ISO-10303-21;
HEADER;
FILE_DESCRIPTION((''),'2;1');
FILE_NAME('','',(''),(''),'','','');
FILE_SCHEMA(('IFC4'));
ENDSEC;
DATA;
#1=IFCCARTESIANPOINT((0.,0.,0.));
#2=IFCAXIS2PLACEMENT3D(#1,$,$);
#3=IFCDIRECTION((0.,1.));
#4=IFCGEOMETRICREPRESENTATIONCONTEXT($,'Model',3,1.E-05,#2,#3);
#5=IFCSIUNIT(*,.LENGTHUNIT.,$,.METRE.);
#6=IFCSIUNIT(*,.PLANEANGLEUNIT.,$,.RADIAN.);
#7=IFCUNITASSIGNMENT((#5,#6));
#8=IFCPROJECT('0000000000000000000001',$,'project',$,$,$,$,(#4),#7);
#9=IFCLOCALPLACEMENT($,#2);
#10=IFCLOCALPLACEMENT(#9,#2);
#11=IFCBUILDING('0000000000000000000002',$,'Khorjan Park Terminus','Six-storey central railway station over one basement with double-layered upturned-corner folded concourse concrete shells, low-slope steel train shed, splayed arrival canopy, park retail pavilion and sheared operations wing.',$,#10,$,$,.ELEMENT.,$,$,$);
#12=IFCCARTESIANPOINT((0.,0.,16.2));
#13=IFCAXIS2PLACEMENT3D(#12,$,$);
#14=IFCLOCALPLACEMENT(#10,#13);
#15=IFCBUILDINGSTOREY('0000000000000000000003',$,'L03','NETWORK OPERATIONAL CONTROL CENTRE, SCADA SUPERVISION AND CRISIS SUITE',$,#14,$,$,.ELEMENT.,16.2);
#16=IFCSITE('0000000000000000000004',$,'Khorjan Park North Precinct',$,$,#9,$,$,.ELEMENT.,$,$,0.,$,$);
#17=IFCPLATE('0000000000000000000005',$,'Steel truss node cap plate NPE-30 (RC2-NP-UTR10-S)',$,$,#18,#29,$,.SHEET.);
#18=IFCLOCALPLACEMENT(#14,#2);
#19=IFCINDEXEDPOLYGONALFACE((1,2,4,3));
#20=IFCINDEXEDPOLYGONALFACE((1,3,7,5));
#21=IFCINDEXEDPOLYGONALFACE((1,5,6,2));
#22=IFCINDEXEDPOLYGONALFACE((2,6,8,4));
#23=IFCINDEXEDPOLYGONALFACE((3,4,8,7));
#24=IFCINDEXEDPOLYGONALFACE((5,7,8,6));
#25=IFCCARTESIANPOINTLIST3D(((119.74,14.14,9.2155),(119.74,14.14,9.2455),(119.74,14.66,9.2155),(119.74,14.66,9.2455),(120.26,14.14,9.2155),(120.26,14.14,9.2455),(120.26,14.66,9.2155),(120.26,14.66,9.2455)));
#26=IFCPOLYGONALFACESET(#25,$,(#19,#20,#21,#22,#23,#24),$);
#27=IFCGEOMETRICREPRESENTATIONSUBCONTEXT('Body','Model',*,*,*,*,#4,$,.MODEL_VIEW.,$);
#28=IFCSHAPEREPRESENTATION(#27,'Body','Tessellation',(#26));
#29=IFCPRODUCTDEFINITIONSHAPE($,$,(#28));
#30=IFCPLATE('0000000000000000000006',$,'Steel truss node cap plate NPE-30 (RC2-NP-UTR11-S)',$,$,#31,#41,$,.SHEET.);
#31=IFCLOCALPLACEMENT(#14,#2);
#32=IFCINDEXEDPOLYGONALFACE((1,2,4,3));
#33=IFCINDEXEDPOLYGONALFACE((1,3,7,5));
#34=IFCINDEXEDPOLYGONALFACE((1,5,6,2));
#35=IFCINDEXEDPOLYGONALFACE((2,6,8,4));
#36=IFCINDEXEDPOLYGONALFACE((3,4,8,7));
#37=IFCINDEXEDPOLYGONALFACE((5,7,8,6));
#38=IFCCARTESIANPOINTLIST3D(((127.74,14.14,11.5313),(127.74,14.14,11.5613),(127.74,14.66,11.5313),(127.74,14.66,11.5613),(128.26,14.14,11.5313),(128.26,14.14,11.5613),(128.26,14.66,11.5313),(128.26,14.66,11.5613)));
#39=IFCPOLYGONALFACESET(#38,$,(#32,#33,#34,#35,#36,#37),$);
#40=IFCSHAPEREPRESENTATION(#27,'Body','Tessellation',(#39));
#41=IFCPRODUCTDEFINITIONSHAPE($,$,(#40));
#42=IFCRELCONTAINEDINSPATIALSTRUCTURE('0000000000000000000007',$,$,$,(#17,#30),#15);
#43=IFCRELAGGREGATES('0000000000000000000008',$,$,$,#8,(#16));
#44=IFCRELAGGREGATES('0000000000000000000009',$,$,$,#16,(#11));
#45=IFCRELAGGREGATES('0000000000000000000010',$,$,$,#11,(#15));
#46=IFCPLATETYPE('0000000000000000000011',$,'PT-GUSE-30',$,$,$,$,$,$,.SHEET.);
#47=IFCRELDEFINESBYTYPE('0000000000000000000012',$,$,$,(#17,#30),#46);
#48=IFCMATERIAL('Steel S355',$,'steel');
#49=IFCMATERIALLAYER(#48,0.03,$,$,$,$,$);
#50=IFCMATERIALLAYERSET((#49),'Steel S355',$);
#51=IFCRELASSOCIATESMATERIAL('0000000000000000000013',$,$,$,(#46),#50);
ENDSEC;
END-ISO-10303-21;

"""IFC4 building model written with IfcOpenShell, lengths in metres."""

from ifc_helpers import new_model, si_unit, direction, frame, origin, origin_2d, place, context, subcontext, project, spatial, rectangle, extrude, material, layer, layer_set, type_object, element, save


model = new_model("IFC4")

# Units and contexts
model_context = context("Model", 3, precision=1e-05, world=origin(), true_north=direction((0.0, 1.0)))
body_context = subcontext(model_context, "Body", "Model", "MODEL_VIEW")
ifc_project = project(units=[si_unit("LENGTHUNIT", "METRE"), si_unit("PLANEANGLEUNIT", "RADIAN")], contexts=[model_context])

# Site, building, storey
site_placement = place(None, origin())
site = spatial("IfcSite", under=ifc_project, at=site_placement, Name="Khorjan Park North Precinct", CompositionType="ELEMENT", RefElevation=0.0)
building_placement = place(site_placement, origin())
building = spatial("IfcBuilding", under=site, at=building_placement, Name="Khorjan Park Terminus", Description="Six-storey central railway station over one basement with double-layered upturned-corner folded concourse concrete shells, low-slope steel train shed, splayed arrival canopy, park retail pavilion and sheared operations wing.", CompositionType="ELEMENT")
storey_placement = place(building_placement, frame((0.0, 0.0, 16.2)))
storey = spatial("IfcBuildingStorey", under=building, at=storey_placement, Name="L03", Description="NETWORK OPERATIONAL CONTROL CENTRE, SCADA SUPERVISION AND CRISIS SUITE", CompositionType="ELEMENT", Elevation=16.2)

# Shared definitions
ifc_material = material(Name="Steel S355", Category="steel")

# Plates
ifc_layer_1 = layer(ifc_material, 0.03)
ifc_layer_set_1 = layer_set([ifc_layer_1], Name="Steel S355")
plate_type_1 = type_object("IfcPlateType", Name="PT-GUSE-30", PredefinedType="SHEET", material=ifc_layer_set_1)
for number, where, z_axis, x_axis, name in (
    (1, (120.0, 14.4, 9.2155), (0.0, 0.0, 1.0), (1.0, 0.0, 0.0), "Steel truss node cap plate NPE-30 (RC2-NP-UTR10-S)"),
    (2, (128.0, 14.4, 11.5313), (0.0, 0.0, 1.0), (1.0, 0.0, 0.0), "Steel truss node cap plate NPE-30 (RC2-NP-UTR11-S)"),
):
    element("IfcPlate", number, at=place(storey_placement, frame(where, z_axis=z_axis, x_axis=x_axis)), inside=storey, type_object=plate_type_1, Name=name, PredefinedType="SHEET", context=body_context, shape_type="SweptSolid", body=[
        extrude(rectangle(XDim=0.52, YDim=0.52, at=origin_2d()), origin(), (0.0, 0.0, 1.0), 0.03),
    ])

save(model, "model.ifc")
